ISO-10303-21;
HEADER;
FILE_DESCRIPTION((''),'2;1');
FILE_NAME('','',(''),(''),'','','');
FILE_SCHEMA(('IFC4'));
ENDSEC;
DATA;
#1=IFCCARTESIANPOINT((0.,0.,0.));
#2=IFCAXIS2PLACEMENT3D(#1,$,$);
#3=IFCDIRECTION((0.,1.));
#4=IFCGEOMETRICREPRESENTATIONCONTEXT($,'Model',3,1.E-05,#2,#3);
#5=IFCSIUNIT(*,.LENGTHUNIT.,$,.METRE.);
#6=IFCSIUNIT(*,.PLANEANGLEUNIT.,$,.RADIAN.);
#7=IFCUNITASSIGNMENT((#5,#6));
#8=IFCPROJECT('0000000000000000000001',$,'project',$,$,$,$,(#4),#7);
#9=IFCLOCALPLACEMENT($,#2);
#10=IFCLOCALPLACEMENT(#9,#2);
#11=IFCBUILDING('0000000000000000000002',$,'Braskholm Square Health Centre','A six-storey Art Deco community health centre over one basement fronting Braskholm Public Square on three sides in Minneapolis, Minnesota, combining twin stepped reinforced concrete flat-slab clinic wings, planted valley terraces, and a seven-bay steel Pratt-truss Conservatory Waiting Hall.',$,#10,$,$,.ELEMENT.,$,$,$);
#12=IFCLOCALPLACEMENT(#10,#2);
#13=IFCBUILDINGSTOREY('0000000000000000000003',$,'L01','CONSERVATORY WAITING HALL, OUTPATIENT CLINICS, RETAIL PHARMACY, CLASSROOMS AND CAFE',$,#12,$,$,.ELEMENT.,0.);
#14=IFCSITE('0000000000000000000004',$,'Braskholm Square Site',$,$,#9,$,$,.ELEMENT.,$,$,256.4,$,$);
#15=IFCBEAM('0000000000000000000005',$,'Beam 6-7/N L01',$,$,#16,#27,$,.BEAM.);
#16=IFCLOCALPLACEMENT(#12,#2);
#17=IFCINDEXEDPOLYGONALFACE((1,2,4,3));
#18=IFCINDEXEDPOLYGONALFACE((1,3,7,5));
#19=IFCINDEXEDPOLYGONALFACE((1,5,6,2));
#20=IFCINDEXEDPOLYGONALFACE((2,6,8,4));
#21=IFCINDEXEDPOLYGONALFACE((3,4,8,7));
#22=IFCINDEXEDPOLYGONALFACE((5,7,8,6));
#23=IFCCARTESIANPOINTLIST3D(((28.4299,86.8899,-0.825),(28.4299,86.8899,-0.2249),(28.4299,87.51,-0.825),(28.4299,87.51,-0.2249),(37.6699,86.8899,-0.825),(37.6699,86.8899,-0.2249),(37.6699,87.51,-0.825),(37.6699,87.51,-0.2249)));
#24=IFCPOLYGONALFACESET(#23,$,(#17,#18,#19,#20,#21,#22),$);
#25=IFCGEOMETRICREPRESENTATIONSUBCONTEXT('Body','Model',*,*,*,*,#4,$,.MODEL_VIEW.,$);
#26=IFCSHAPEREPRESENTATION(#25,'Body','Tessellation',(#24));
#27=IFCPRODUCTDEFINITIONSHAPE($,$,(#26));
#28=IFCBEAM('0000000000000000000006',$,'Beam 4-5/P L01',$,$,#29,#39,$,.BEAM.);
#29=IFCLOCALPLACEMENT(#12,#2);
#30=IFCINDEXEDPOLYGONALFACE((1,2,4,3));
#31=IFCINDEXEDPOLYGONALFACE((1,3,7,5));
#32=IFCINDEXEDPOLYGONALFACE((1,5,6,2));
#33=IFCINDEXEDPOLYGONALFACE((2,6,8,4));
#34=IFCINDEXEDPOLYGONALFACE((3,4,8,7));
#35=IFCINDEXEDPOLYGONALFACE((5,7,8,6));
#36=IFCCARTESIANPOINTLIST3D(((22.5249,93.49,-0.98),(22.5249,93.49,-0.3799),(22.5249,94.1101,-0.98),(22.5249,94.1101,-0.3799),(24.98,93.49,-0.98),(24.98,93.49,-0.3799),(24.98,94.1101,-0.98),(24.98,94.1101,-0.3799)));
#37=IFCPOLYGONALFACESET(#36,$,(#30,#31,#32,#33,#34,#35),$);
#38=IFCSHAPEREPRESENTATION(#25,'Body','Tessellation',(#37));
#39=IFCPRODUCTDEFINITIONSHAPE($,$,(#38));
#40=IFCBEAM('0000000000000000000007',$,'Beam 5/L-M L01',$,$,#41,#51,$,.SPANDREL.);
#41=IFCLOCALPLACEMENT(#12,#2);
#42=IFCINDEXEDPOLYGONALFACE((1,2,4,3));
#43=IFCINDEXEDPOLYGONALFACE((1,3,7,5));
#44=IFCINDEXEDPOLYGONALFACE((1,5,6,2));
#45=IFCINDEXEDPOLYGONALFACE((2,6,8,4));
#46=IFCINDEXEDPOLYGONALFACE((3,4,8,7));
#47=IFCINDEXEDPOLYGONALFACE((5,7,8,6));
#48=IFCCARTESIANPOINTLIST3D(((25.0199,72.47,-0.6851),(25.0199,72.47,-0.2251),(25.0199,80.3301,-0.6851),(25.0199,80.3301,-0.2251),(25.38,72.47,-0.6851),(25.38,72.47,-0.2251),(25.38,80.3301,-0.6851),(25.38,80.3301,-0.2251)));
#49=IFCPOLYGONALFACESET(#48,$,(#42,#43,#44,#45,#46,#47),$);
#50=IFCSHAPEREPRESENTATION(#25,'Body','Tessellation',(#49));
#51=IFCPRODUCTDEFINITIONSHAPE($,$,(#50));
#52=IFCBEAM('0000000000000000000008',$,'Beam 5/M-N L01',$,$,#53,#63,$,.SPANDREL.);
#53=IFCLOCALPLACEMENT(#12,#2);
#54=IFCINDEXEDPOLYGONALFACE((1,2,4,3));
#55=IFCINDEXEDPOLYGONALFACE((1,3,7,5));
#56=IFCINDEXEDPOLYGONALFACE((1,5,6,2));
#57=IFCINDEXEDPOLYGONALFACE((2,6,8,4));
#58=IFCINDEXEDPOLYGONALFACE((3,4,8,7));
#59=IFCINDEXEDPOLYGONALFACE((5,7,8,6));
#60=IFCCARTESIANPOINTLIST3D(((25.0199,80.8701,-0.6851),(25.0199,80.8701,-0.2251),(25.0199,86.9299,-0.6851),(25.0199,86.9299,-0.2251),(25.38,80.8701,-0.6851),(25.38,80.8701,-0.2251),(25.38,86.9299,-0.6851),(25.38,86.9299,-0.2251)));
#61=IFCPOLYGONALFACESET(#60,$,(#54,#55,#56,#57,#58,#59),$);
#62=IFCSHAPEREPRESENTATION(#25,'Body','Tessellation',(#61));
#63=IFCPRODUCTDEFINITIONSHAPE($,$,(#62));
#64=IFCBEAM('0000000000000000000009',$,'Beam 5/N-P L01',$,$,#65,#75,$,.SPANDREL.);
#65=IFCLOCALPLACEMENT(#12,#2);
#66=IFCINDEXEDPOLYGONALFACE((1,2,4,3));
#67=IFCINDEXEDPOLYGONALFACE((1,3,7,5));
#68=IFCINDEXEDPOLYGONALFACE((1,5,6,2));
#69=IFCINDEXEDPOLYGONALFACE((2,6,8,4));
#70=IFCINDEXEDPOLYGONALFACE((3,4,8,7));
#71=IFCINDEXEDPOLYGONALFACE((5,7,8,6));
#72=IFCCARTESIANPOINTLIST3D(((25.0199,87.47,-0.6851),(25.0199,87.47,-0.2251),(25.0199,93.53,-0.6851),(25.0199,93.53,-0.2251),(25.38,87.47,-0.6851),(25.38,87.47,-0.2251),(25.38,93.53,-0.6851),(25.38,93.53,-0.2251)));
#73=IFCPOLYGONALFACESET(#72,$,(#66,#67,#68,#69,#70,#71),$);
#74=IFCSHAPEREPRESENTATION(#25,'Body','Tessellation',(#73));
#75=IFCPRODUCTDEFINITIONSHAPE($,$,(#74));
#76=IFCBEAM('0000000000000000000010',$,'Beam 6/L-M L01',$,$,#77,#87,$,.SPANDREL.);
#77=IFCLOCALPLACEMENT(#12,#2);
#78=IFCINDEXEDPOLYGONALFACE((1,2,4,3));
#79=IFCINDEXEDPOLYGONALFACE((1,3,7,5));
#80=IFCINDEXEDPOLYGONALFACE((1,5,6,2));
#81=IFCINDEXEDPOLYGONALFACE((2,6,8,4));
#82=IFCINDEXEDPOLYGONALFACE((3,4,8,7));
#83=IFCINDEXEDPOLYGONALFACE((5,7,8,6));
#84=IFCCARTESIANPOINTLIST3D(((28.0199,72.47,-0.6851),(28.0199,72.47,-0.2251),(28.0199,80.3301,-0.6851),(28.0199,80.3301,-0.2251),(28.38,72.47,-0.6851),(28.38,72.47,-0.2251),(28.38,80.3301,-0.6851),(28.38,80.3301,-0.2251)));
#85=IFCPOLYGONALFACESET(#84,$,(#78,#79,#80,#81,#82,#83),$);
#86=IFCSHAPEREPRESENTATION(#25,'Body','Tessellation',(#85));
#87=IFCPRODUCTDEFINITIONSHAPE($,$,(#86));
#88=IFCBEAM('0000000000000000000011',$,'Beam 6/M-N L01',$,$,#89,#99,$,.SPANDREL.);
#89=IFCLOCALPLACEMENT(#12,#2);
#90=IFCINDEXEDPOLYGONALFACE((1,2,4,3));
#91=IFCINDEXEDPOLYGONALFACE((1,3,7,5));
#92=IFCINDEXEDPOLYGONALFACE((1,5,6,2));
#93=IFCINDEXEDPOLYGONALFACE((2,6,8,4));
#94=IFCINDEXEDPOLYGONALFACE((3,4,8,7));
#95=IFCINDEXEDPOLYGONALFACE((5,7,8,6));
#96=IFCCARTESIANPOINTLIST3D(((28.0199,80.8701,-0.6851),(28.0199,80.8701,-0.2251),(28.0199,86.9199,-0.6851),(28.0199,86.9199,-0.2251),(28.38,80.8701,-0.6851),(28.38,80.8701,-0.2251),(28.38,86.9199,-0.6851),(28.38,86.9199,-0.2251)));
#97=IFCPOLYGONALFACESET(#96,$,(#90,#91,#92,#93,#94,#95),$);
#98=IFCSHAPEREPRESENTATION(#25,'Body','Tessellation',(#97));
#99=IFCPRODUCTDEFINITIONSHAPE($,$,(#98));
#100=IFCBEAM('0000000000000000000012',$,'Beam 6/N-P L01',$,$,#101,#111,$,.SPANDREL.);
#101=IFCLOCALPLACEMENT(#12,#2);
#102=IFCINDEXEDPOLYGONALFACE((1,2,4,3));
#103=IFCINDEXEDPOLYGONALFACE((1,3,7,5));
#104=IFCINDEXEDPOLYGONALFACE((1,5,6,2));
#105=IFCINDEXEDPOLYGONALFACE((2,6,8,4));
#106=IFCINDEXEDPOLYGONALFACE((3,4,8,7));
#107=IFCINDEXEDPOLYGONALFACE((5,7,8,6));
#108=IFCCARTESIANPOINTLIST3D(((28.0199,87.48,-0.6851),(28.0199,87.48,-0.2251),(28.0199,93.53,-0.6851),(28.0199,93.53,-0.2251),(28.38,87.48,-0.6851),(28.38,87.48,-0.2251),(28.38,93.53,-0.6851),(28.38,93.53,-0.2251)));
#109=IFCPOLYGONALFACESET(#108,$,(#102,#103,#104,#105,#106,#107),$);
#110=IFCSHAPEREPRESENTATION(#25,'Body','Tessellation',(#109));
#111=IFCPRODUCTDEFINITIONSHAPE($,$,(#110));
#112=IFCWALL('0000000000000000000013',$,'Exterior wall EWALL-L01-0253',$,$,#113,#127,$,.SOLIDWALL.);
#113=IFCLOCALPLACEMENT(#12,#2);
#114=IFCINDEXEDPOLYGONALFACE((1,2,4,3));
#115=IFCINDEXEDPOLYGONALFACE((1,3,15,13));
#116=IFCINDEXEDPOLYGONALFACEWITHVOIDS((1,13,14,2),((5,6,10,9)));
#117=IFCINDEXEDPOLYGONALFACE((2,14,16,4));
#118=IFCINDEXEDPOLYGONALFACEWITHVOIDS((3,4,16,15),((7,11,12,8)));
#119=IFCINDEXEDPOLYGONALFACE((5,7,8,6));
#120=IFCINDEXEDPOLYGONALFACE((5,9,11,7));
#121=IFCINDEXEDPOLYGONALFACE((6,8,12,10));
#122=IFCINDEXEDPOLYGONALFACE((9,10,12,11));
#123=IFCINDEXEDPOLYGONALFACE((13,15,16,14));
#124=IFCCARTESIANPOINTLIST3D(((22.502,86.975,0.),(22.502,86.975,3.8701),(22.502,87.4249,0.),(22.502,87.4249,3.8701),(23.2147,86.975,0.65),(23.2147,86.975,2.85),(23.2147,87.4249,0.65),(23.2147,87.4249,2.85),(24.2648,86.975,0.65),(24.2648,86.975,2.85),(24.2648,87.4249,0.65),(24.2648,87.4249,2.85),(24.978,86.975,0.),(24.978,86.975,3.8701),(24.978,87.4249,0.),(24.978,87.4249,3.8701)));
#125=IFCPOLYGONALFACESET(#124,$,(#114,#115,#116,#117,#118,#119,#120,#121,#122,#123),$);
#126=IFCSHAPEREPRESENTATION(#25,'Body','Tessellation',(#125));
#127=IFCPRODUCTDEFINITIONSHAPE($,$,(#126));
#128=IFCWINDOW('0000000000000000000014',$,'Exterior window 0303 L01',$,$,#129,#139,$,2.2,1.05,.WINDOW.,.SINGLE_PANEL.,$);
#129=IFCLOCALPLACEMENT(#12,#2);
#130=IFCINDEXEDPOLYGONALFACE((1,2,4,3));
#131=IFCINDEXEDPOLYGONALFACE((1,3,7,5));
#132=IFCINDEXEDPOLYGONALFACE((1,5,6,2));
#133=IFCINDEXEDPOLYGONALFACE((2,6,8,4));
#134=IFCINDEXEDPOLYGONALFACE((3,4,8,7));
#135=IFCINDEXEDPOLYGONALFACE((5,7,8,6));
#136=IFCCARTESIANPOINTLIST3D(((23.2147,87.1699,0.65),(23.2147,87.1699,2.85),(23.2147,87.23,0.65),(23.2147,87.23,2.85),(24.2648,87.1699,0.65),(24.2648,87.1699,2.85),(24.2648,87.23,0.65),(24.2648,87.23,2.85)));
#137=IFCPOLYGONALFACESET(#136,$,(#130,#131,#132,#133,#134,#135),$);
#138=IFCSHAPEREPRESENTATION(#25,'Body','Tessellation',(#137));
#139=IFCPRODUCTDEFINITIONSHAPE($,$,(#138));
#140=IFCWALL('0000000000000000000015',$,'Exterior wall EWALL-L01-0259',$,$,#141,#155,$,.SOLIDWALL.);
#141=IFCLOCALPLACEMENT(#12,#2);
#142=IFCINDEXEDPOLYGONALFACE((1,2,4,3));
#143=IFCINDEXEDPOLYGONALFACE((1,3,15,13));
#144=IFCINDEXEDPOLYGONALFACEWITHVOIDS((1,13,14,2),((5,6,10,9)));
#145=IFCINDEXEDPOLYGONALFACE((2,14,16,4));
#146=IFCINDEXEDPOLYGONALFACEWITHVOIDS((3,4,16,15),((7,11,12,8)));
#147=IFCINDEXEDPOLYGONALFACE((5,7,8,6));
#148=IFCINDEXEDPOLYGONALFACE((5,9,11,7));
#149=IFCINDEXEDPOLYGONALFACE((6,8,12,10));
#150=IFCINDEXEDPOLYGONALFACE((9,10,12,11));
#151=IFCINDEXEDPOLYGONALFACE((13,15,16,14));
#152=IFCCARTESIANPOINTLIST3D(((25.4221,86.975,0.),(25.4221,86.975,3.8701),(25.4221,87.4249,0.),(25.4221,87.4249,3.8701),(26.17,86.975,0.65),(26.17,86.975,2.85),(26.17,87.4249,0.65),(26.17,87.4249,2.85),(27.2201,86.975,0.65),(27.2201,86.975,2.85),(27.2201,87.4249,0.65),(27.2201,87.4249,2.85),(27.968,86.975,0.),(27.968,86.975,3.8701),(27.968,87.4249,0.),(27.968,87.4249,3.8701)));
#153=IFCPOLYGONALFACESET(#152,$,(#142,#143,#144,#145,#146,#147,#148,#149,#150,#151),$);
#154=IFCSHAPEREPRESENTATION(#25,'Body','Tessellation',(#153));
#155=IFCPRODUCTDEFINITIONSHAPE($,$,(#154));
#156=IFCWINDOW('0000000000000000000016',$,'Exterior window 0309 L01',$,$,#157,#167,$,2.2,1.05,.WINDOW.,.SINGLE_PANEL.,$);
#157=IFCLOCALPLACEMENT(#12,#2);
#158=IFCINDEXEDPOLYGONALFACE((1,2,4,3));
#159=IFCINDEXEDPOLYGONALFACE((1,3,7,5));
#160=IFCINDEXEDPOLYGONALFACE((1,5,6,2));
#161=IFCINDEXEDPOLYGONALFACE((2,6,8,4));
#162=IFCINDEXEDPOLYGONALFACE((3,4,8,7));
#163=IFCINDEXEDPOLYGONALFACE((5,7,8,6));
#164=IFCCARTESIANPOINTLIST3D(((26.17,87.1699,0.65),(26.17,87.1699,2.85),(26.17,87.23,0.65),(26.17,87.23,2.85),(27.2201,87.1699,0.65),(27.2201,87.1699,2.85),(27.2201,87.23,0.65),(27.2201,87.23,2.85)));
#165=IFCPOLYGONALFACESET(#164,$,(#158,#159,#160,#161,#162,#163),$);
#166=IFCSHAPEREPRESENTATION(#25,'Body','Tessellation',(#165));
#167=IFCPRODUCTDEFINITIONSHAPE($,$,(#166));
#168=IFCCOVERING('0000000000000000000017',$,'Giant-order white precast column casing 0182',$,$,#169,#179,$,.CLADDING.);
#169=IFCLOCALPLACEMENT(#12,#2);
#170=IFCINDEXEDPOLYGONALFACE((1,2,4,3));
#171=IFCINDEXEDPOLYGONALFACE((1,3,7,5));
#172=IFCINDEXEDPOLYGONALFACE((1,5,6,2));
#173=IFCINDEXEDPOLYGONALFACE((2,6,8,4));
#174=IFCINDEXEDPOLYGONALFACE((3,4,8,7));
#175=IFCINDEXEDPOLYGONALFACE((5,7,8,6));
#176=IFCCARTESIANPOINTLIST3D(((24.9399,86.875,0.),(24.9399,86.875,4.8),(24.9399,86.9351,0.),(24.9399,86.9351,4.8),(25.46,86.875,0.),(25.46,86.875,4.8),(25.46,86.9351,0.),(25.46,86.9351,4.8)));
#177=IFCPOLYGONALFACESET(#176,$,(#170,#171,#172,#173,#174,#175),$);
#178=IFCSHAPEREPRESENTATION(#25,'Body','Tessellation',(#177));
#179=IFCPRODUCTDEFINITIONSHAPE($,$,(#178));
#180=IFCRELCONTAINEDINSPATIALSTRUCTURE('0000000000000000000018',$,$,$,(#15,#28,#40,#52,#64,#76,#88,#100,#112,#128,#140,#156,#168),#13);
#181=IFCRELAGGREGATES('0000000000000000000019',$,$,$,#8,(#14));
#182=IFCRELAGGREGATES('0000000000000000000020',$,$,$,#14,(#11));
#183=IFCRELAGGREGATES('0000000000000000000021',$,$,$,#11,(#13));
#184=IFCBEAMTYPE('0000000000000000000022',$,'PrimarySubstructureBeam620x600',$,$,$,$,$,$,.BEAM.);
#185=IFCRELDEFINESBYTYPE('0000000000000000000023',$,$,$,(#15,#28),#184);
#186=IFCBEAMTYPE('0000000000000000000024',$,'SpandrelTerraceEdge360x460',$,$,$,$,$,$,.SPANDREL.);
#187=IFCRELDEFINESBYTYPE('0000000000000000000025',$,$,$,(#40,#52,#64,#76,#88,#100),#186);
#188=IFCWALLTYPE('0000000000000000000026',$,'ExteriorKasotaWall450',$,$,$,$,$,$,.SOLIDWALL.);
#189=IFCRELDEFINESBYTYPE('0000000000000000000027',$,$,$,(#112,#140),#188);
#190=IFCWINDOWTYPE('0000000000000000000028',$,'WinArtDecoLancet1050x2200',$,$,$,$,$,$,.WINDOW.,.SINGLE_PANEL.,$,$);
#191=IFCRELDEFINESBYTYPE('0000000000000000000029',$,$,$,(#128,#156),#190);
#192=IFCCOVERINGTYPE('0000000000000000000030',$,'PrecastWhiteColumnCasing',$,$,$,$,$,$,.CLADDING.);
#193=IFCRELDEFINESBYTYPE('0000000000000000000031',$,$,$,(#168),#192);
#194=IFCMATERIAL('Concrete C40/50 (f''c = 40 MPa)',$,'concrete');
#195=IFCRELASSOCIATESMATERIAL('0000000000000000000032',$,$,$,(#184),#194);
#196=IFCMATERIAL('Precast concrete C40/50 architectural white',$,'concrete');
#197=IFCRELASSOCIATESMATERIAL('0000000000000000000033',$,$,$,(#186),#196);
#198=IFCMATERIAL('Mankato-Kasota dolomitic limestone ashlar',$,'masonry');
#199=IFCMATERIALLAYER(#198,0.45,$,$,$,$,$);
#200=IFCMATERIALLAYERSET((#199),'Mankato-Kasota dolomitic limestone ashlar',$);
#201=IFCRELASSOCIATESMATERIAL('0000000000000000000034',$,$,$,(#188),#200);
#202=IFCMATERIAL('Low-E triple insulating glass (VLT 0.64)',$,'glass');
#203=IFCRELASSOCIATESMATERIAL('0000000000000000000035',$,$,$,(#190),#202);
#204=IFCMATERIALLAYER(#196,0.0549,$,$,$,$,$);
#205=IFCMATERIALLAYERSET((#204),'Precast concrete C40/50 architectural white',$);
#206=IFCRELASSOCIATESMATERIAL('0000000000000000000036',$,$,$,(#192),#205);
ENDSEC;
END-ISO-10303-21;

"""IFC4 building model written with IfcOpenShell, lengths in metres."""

from ifc_helpers import new_model, si_unit, direction, frame, frame_2d, origin, origin_with_axes, origin_2d, place, context, subcontext, project, spatial, rectangle, extrude, material, layer, layer_set, material_profile, profile_set, type_object, element, fill, save


model = new_model("IFC4")

# Units and contexts
model_context = context("Model", 3, precision=1e-05, world=origin(), true_north=direction((0.0, 1.0)))
body_context = subcontext(model_context, "Body", "Model", "MODEL_VIEW")
ifc_project = project(units=[si_unit("LENGTHUNIT", "METRE"), si_unit("PLANEANGLEUNIT", "RADIAN")], contexts=[model_context])

# Site, building, storey
site_placement = place(None, origin())
site = spatial("IfcSite", under=ifc_project, at=site_placement, Name="Braskholm Square Site", CompositionType="ELEMENT", RefElevation=256.4)
building_placement = place(site_placement, origin())
building = spatial("IfcBuilding", under=site, at=building_placement, Name="Braskholm Square Health Centre", Description="A six-storey Art Deco community health centre over one basement fronting Braskholm Public Square on three sides in Minneapolis, Minnesota, combining twin stepped reinforced concrete flat-slab clinic wings, planted valley terraces, and a seven-bay steel Pratt-truss Conservatory Waiting Hall.", CompositionType="ELEMENT")
storey_placement = place(building_placement, origin())
storey = spatial("IfcBuildingStorey", under=building, at=storey_placement, Name="L01", Description="CONSERVATORY WAITING HALL, OUTPATIENT CLINICS, RETAIL PHARMACY, CLASSROOMS AND CAFE", CompositionType="ELEMENT", Elevation=0.0)

# Shared definitions
ifc_material_1 = material(Name="Precast concrete C40/50 architectural white", Category="concrete")

# Shared definitions
ifc_material_2 = material(Name="Low-E triple insulating glass (VLT 0.64)", Category="glass")

# Beams
ifc_material_3 = material(Name="Concrete C40/50 (f'c = 40 MPa)", Category="concrete")
ifc_material_profile_1 = material_profile(ifc_material_3, rectangle(XDim=0.6201, YDim=0.6001, at=origin_2d()), Name="RCB-620X600")
ifc_profile_set_1 = profile_set([ifc_material_profile_1], Name="Concrete C40/50 (f'c = 40 MPa)")
beam_type_1 = type_object("IfcBeamType", Name="PrimarySubstructureBeam620x600", PredefinedType="BEAM", material=ifc_profile_set_1)
beam_1_placement = place(storey_placement, frame((28.4299, 87.2, -0.5249), z_axis=(1.0, 0.0, 0.0), x_axis=(0.0, 1.0, 0.0)))
element("IfcBeam", 1, at=beam_1_placement, inside=storey, type_object=beam_type_1, Name="Beam 6-7/N L01", PredefinedType="BEAM", context=body_context, shape_type="SweptSolid", body=[
    extrude(rectangle(XDim=0.6201, YDim=0.6001, at=origin_2d()), origin(), (0.0, 0.0, 1.0), 9.24),
])
beam_2_placement = place(storey_placement, frame((22.5249, 93.8, -0.6799), z_axis=(1.0, 0.0, 0.0), x_axis=(0.0, 1.0, 0.0)))
element("IfcBeam", 2, at=beam_2_placement, inside=storey, type_object=beam_type_1, Name="Beam 4-5/P L01", PredefinedType="BEAM", context=body_context, shape_type="SweptSolid", body=[
    extrude(rectangle(XDim=0.6201, YDim=0.6001, at=origin_2d()), origin(), (0.0, 0.0, 1.0), 2.4551),
])
ifc_material_profile_2 = material_profile(ifc_material_1, rectangle(XDim=0.3601, YDim=0.46, at=origin_2d()), Name="RCB-360X460")
ifc_profile_set_2 = profile_set([ifc_material_profile_2], Name="Precast concrete C40/50 architectural white")
beam_type_2 = type_object("IfcBeamType", Name="SpandrelTerraceEdge360x460", PredefinedType="SPANDREL", material=ifc_profile_set_2)
beam_3_placement = place(storey_placement, frame((25.2, 72.47, -0.4551), z_axis=(0.0, 1.0, 0.0), x_axis=(-1.0, 0.0, 0.0)))
element("IfcBeam", 3, at=beam_3_placement, inside=storey, type_object=beam_type_2, Name="Beam 5/L-M L01", PredefinedType="SPANDREL", context=body_context, shape_type="SweptSolid", body=[
    extrude(rectangle(XDim=0.3601, YDim=0.46, at=origin_2d()), origin(), (0.0, 0.0, 1.0), 7.8601),
])
beam_4_placement = place(storey_placement, frame((25.2, 80.8701, -0.4551), z_axis=(0.0, 1.0, 0.0), x_axis=(-1.0, 0.0, 0.0)))
element("IfcBeam", 4, at=beam_4_placement, inside=storey, type_object=beam_type_2, Name="Beam 5/M-N L01", PredefinedType="SPANDREL", context=body_context, shape_type="SweptSolid", body=[
    extrude(rectangle(XDim=0.3601, YDim=0.46, at=origin_2d()), origin(), (0.0, 0.0, 1.0), 6.0598),
])
beam_5_placement = place(storey_placement, frame((25.2, 87.47, -0.4551), z_axis=(0.0, 1.0, 0.0), x_axis=(-1.0, 0.0, 0.0)))
element("IfcBeam", 5, at=beam_5_placement, inside=storey, type_object=beam_type_2, Name="Beam 5/N-P L01", PredefinedType="SPANDREL", context=body_context, shape_type="SweptSolid", body=[
    extrude(rectangle(XDim=0.3601, YDim=0.46, at=origin_2d()), origin(), (0.0, 0.0, 1.0), 6.0601),
])
beam_6_placement = place(storey_placement, frame((28.2, 72.47, -0.4551), z_axis=(0.0, 1.0, 0.0), x_axis=(-1.0, 0.0, 0.0)))
element("IfcBeam", 6, at=beam_6_placement, inside=storey, type_object=beam_type_2, Name="Beam 6/L-M L01", PredefinedType="SPANDREL", context=body_context, shape_type="SweptSolid", body=[
    extrude(rectangle(XDim=0.3601, YDim=0.46, at=origin_2d()), origin(), (0.0, 0.0, 1.0), 7.8601),
])
beam_7_placement = place(storey_placement, frame((28.2, 80.8701, -0.4551), z_axis=(0.0, 1.0, 0.0), x_axis=(-1.0, 0.0, 0.0)))
element("IfcBeam", 7, at=beam_7_placement, inside=storey, type_object=beam_type_2, Name="Beam 6/M-N L01", PredefinedType="SPANDREL", context=body_context, shape_type="SweptSolid", body=[
    extrude(rectangle(XDim=0.3601, YDim=0.46, at=origin_2d()), origin(), (0.0, 0.0, 1.0), 6.0498),
])
beam_8_placement = place(storey_placement, frame((28.2, 87.48, -0.4551), z_axis=(0.0, 1.0, 0.0), x_axis=(-1.0, 0.0, 0.0)))
element("IfcBeam", 8, at=beam_8_placement, inside=storey, type_object=beam_type_2, Name="Beam 6/N-P L01", PredefinedType="SPANDREL", context=body_context, shape_type="SweptSolid", body=[
    extrude(rectangle(XDim=0.3601, YDim=0.46, at=origin_2d()), origin(), (0.0, 0.0, 1.0), 6.05),
])

# Walls, openings, windows
ifc_material_4 = material(Name="Mankato-Kasota dolomitic limestone ashlar", Category="masonry")
ifc_layer_1 = layer(ifc_material_4, 0.45)
ifc_layer_set_1 = layer_set([ifc_layer_1], Name="Mankato-Kasota dolomitic limestone ashlar")
wall_type = type_object("IfcWallType", Name="ExteriorKasotaWall450", PredefinedType="SOLIDWALL", material=ifc_layer_set_1)
wall_1_placement = place(storey_placement, frame((22.502, 87.2, 0.0), z_axis=(0.0, 0.0, 1.0), x_axis=(1.0, 0.0, 0.0)))
wall_1 = element("IfcWall", 9, at=wall_1_placement, inside=storey, type_object=wall_type, Name="Exterior wall EWALL-L01-0253", PredefinedType="SOLIDWALL", context=body_context, shape_type="SweptSolid", body=[
    extrude(rectangle(XDim=2.4761, YDim=0.45, at=frame_2d((1.238, 0.0))), origin(), (0.0, 0.0, 1.0), 3.8701),
])
opening_1_placement = place(wall_1_placement, frame((0.7129, 0.0, 0.6499)))
opening_1 = element("IfcOpeningElement", 10, at=opening_1_placement, cuts=wall_1, PredefinedType="OPENING", context=body_context, shape_type="SweptSolid", body=[
    extrude(rectangle(XDim=1.05, YDim=2.2, at=frame_2d((0.5249, 1.1001))), frame((0.0, 0.2349, 0.0), z_axis=(0.0, -1.0, 0.0), x_axis=(1.0, 0.0, 0.0)), (0.0, 0.0, 1.0), 0.47),
])
window_type = type_object("IfcWindowType", Name="WinArtDecoLancet1050x2200", PartitioningType="SINGLE_PANEL", PredefinedType="WINDOW", material=ifc_material_2)
window_1_placement = place(opening_1_placement, origin_with_axes())
window_1 = element("IfcWindow", 11, at=window_1_placement, inside=storey, type_object=window_type, Name="Exterior window 0303 L01", OverallHeight=2.2, OverallWidth=1.05, PartitioningType="SINGLE_PANEL", PredefinedType="WINDOW", context=body_context, shape_type="SweptSolid", body=[
    extrude(rectangle(XDim=1.05, YDim=2.2, at=frame_2d((0.5249, 1.1001))), frame((0.0, 0.03, 0.0), z_axis=(0.0, -1.0, 0.0), x_axis=(1.0, 0.0, 0.0)), (0.0, 0.0, 1.0), 0.0601),
])
fill(opening_1, window_1)
wall_2_placement = place(storey_placement, frame((25.4221, 87.2, 0.0), z_axis=(0.0, 0.0, 1.0), x_axis=(1.0, 0.0, 0.0)))
wall_2 = element("IfcWall", 12, at=wall_2_placement, inside=storey, type_object=wall_type, Name="Exterior wall EWALL-L01-0259", PredefinedType="SOLIDWALL", context=body_context, shape_type="SweptSolid", body=[
    extrude(rectangle(XDim=2.5459, YDim=0.45, at=frame_2d((1.2729, 0.0))), origin(), (0.0, 0.0, 1.0), 3.8701),
])
opening_2_placement = place(wall_2_placement, frame((0.748, 0.0, 0.6499)))
opening_2 = element("IfcOpeningElement", 13, at=opening_2_placement, cuts=wall_2, PredefinedType="OPENING", context=body_context, shape_type="SweptSolid", body=[
    extrude(rectangle(XDim=1.05, YDim=2.2, at=frame_2d((0.5249, 1.1001))), frame((0.0, 0.2349, 0.0), z_axis=(0.0, -1.0, 0.0), x_axis=(1.0, 0.0, 0.0)), (0.0, 0.0, 1.0), 0.47),
])
window_2_placement = place(opening_2_placement, origin_with_axes())
window_2 = element("IfcWindow", 14, at=window_2_placement, inside=storey, type_object=window_type, Name="Exterior window 0309 L01", OverallHeight=2.2, OverallWidth=1.05, PartitioningType="SINGLE_PANEL", PredefinedType="WINDOW", context=body_context, shape_type="SweptSolid", body=[
    extrude(rectangle(XDim=1.05, YDim=2.2, at=frame_2d((0.5249, 1.1001))), frame((0.0, 0.03, 0.0), z_axis=(0.0, -1.0, 0.0), x_axis=(1.0, 0.0, 0.0)), (0.0, 0.0, 1.0), 0.0601),
])
fill(opening_2, window_2)

# Covering
ifc_layer_2 = layer(ifc_material_1, 0.0549)
ifc_layer_set_2 = layer_set([ifc_layer_2], Name="Precast concrete C40/50 architectural white")
covering_type = type_object("IfcCoveringType", Name="PrecastWhiteColumnCasing", PredefinedType="CLADDING", material=ifc_layer_set_2)
covering_1_placement = place(storey_placement, frame((25.2, 86.905, 0.0), z_axis=(0.0, 0.0, 1.0), x_axis=(1.0, 0.0, 0.0)))
element("IfcCovering", 15, at=covering_1_placement, inside=storey, type_object=covering_type, Name="Giant-order white precast column casing 0182", PredefinedType="CLADDING", context=body_context, shape_type="SweptSolid", body=[
    extrude(rectangle(XDim=0.52, YDim=0.0601, at=origin_2d()), origin(), (0.0, 0.0, 1.0), 4.8),
])

save(model, "model.ifc")
